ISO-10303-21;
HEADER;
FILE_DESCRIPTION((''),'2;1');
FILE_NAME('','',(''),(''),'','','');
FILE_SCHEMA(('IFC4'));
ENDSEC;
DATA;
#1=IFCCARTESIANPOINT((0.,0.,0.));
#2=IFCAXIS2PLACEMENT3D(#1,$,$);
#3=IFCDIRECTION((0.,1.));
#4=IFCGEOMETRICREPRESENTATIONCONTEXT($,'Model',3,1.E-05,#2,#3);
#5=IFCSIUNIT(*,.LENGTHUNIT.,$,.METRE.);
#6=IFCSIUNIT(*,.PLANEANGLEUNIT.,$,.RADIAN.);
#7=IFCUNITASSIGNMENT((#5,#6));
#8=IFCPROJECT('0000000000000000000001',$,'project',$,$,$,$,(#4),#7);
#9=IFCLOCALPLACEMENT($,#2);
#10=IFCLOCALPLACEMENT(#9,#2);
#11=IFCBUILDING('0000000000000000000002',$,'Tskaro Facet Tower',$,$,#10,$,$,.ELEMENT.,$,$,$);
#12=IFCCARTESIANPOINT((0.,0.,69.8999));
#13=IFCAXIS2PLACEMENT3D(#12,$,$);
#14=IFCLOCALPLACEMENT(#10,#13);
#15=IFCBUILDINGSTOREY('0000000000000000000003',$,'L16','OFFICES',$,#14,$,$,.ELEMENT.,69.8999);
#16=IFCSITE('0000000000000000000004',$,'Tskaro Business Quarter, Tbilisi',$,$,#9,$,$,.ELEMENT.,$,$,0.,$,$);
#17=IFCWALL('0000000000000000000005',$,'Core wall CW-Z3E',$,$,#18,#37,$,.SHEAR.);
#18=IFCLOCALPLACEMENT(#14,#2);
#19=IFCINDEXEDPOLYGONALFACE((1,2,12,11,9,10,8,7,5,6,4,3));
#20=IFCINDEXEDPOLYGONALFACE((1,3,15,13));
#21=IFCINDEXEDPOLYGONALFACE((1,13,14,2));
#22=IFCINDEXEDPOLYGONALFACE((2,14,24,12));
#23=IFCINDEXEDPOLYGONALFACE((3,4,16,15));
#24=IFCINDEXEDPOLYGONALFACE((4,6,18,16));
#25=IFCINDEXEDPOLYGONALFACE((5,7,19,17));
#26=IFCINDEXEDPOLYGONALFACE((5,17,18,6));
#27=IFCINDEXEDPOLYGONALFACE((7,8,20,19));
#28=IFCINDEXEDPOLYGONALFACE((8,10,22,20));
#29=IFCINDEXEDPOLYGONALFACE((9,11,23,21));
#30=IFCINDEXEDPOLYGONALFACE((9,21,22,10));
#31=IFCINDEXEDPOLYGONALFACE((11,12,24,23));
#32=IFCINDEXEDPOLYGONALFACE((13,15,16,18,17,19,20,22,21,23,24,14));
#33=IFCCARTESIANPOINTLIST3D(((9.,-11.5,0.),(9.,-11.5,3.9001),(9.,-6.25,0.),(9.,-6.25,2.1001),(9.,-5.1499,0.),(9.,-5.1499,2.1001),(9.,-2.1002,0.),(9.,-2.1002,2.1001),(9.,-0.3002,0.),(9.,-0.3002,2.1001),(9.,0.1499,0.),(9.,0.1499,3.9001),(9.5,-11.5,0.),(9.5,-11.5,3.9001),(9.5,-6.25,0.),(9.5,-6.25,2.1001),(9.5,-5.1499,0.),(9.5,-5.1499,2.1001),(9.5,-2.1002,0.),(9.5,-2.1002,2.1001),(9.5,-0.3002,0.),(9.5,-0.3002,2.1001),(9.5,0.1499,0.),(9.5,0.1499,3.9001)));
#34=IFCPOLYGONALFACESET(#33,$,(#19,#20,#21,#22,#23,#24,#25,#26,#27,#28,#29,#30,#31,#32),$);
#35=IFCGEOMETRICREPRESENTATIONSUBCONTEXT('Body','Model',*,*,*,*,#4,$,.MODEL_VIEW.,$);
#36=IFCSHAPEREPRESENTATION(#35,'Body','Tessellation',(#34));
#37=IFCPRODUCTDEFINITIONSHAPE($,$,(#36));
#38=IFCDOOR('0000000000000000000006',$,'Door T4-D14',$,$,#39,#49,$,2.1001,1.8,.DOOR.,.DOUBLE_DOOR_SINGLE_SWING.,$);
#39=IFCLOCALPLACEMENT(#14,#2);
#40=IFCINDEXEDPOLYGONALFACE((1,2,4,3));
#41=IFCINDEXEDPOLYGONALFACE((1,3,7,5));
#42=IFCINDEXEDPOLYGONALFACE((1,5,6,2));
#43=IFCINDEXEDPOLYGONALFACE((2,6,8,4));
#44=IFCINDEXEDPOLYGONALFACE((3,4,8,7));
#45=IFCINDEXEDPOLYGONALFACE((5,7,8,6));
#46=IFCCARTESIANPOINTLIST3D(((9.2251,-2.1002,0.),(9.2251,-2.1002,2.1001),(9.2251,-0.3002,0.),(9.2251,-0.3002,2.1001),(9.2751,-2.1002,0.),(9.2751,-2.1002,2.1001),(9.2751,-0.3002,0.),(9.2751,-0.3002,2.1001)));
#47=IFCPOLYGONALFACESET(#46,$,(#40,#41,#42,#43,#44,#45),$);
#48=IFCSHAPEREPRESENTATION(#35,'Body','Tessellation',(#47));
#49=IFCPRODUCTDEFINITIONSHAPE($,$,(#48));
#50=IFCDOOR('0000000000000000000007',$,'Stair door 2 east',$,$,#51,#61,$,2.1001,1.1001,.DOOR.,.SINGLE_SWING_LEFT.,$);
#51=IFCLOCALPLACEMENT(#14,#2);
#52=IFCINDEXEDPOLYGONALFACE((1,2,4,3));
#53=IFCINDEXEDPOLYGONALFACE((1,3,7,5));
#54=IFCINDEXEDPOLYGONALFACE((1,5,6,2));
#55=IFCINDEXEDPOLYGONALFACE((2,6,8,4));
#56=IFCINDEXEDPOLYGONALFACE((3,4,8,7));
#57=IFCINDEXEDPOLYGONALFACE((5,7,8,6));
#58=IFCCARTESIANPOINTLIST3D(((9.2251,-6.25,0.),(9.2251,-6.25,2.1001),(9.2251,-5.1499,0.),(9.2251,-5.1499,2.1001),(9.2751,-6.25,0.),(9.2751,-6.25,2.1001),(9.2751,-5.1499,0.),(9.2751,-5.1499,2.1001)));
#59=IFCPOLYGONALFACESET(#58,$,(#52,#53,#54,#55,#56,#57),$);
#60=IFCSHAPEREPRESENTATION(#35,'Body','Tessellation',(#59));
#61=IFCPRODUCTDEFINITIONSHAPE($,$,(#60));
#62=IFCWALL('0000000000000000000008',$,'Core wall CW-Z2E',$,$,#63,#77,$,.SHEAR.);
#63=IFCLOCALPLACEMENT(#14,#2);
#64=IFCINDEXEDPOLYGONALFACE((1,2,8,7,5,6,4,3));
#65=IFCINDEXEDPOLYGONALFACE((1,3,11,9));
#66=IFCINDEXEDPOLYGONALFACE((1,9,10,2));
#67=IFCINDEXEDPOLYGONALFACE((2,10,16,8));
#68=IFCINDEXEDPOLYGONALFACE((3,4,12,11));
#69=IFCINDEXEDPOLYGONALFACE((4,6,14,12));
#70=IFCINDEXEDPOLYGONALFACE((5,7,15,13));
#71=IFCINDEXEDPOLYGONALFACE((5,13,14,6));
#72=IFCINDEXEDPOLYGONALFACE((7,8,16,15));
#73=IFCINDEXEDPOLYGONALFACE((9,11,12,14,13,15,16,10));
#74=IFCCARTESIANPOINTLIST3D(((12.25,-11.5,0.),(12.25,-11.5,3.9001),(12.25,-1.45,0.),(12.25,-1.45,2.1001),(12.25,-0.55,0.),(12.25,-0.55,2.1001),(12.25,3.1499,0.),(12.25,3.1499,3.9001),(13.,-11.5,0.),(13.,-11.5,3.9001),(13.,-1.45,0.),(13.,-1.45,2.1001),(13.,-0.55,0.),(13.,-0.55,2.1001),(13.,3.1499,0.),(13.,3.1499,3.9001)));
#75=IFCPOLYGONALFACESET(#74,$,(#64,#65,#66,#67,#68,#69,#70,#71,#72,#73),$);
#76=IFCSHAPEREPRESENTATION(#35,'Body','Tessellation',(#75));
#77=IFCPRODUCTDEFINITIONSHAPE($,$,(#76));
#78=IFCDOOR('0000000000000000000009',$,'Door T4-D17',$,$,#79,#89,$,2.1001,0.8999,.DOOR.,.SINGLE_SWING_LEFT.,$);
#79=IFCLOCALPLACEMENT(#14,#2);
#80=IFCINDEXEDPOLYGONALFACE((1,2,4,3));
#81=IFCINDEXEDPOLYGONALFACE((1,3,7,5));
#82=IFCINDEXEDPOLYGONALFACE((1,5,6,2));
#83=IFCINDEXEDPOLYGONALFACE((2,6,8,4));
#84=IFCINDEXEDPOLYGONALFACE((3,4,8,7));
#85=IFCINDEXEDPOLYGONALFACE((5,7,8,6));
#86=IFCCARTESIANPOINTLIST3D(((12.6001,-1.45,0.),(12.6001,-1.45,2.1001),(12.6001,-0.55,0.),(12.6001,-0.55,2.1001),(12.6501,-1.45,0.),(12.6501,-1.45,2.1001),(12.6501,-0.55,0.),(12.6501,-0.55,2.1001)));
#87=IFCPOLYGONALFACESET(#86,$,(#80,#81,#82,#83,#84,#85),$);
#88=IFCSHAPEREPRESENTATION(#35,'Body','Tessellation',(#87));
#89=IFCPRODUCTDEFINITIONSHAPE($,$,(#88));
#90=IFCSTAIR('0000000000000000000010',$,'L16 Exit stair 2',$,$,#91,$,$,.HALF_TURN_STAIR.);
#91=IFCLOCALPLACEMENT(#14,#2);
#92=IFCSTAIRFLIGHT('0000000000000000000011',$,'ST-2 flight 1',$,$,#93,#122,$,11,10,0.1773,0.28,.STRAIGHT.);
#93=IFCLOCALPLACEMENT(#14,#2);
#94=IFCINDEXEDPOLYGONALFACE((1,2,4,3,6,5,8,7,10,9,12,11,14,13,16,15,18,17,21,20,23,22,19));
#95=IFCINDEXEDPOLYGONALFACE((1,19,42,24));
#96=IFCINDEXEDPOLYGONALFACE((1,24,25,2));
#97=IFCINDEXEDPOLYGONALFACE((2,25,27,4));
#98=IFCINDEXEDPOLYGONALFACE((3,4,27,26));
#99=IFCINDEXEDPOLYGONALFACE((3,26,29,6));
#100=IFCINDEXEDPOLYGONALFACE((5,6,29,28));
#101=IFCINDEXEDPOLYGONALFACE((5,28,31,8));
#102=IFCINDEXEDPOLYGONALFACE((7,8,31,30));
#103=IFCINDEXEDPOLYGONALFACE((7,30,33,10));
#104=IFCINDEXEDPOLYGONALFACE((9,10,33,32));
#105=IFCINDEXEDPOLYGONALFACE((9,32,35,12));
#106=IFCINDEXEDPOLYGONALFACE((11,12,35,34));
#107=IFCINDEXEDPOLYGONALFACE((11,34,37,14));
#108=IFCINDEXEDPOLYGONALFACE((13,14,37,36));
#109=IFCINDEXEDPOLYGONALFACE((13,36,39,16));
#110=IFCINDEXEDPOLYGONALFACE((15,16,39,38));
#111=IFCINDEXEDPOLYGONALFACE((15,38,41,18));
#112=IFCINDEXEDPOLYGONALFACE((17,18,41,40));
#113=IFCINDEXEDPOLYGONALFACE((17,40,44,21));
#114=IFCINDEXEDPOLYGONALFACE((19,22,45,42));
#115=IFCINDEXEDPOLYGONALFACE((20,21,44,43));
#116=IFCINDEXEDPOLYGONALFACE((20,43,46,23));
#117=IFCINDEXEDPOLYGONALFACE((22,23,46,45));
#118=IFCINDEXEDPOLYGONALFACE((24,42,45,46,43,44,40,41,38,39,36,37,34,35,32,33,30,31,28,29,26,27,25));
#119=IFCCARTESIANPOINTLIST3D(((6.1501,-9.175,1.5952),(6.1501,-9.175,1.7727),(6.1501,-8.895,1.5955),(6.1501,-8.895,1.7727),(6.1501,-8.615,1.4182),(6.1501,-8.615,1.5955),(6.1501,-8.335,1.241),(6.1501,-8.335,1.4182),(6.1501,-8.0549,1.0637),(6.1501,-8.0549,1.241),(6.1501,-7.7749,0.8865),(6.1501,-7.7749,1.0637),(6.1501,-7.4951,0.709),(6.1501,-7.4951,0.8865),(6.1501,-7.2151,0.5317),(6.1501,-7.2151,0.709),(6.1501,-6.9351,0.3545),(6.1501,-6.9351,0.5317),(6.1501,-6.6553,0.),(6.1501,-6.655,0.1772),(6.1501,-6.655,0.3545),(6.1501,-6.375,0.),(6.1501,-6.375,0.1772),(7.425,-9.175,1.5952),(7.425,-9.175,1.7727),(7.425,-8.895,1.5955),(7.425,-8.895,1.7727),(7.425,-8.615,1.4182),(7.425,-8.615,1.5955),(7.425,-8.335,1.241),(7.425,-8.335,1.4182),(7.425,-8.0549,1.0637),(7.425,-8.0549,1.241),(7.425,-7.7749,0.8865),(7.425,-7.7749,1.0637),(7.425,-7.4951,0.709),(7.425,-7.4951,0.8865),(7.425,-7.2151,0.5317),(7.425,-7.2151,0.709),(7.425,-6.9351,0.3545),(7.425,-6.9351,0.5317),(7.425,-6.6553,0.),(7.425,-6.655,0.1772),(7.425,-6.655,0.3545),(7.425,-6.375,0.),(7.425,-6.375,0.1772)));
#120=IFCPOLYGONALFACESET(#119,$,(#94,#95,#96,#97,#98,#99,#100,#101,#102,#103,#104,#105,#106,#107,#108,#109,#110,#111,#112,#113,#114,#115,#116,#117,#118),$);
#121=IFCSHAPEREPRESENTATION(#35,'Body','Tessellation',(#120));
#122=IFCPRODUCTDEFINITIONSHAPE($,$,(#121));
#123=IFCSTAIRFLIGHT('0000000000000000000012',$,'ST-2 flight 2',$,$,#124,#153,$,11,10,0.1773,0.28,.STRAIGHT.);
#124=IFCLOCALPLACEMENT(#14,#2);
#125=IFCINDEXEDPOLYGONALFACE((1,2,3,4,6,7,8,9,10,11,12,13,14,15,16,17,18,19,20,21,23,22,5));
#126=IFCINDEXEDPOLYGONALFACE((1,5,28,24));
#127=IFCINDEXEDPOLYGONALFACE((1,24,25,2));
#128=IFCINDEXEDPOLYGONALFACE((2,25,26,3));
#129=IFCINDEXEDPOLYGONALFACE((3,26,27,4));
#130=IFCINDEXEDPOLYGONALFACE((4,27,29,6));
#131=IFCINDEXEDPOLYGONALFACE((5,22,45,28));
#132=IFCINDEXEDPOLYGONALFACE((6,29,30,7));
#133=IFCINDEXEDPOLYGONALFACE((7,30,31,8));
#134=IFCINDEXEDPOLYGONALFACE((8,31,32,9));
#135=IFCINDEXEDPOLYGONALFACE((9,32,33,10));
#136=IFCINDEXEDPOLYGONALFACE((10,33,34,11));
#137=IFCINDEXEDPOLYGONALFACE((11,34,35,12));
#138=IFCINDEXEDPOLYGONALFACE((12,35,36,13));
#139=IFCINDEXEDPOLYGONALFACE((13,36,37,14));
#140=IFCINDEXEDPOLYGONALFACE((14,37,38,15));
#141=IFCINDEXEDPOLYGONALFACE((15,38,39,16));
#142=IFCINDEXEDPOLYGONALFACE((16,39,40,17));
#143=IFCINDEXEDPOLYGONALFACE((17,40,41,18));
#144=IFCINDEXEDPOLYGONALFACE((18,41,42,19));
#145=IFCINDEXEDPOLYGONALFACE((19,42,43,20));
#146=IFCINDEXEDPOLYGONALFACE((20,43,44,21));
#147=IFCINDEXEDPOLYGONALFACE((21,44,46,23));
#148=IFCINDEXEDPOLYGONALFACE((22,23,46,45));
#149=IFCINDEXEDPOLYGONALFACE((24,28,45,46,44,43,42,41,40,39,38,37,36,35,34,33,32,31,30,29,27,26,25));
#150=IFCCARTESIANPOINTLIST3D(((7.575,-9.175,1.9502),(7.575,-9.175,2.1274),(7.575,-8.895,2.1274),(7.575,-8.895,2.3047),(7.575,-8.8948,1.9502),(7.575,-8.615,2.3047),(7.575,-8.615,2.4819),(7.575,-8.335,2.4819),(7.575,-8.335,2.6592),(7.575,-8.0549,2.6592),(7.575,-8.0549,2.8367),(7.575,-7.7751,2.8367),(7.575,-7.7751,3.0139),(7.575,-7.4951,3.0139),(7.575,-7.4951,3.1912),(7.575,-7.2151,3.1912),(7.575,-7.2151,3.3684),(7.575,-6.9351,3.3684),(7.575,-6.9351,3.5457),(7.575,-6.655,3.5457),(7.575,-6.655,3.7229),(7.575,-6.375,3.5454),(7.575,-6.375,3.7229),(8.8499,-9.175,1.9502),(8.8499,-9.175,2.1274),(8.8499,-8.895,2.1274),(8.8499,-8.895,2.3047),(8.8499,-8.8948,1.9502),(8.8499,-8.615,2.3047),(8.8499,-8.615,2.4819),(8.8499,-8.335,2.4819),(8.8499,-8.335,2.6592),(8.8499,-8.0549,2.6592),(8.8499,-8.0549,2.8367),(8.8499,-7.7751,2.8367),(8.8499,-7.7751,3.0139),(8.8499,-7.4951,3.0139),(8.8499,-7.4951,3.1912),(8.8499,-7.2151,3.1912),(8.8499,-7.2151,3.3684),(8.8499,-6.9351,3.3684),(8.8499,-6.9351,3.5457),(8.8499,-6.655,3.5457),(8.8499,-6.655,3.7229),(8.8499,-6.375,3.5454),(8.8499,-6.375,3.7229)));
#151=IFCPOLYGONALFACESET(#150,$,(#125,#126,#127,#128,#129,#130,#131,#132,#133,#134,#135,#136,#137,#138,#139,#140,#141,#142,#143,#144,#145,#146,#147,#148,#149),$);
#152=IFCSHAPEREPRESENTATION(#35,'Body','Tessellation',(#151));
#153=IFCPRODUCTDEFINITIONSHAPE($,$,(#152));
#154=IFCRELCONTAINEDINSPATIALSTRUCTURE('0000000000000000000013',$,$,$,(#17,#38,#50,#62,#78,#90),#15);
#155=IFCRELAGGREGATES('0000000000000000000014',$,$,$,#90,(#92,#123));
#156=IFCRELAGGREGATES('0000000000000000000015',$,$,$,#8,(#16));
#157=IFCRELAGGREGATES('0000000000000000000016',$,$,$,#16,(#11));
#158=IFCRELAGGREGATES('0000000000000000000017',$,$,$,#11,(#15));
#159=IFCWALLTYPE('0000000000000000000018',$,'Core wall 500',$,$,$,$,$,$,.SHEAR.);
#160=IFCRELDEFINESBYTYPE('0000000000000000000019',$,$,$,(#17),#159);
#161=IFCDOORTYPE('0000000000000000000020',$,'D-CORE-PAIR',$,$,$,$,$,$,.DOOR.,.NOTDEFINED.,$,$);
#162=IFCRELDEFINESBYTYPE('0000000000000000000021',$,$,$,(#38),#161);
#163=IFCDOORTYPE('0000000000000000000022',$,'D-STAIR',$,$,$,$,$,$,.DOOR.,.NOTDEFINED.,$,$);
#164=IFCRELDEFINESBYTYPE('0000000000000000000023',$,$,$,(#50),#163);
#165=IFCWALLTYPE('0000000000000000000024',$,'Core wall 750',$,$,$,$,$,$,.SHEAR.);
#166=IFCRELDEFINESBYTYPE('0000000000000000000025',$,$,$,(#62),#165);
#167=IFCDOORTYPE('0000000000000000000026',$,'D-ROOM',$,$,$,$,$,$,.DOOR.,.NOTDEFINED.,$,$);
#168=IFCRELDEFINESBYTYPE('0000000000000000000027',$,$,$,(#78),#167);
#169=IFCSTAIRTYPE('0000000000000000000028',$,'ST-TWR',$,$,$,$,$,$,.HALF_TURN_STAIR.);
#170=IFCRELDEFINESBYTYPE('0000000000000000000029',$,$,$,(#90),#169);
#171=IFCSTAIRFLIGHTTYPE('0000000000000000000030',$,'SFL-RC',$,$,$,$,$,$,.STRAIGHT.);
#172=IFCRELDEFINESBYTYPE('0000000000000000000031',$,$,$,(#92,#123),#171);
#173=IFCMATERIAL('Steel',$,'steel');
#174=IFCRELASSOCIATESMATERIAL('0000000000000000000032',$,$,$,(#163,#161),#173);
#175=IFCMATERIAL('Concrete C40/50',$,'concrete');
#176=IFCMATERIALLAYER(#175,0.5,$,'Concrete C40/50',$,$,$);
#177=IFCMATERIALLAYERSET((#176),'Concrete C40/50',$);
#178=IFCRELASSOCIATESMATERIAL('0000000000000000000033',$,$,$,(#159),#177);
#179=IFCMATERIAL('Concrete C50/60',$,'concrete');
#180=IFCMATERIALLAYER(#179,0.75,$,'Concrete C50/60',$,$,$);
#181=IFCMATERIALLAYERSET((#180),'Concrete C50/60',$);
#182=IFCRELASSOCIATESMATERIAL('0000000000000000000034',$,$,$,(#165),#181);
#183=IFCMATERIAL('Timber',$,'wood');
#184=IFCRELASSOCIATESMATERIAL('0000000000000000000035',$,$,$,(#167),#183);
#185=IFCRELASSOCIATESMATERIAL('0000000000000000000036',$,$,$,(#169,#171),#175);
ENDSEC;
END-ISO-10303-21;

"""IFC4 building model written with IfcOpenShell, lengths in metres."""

from ifc_helpers import new_model, si_unit, direction, frame, frame_2d, origin, place, context, subcontext, project, spatial, polyline, rectangle, outline, extrude, material, layer, layer_set, type_object, element, fill, aggregate, save


model = new_model("IFC4")

# Units and contexts
model_context = context("Model", 3, precision=1e-05, world=origin(), true_north=direction((0.0, 1.0)))
body_context = subcontext(model_context, "Body", "Model", "MODEL_VIEW")
ifc_project = project(units=[si_unit("LENGTHUNIT", "METRE"), si_unit("PLANEANGLEUNIT", "RADIAN")], contexts=[model_context])

# Site, building, storey
site_placement = place(None, origin())
site = spatial("IfcSite", under=ifc_project, at=site_placement, Name="Tskaro Business Quarter, Tbilisi", CompositionType="ELEMENT", RefElevation=0.0)
building_placement = place(site_placement, origin())
building = spatial("IfcBuilding", under=site, at=building_placement, Name="Tskaro Facet Tower", CompositionType="ELEMENT")
storey_placement = place(building_placement, frame((0.0, 0.0, 69.8999)))
storey = spatial("IfcBuildingStorey", under=building, at=storey_placement, Name="L16", Description="OFFICES", CompositionType="ELEMENT", Elevation=69.8999)

# Shared definitions
ifc_material_1 = material(Name="Steel", Category="steel")
door_type_1 = type_object("IfcDoorType", Name="D-STAIR", OperationType="NOTDEFINED", PredefinedType="DOOR", material=ifc_material_1)

# Shared definitions
door_type_2 = type_object("IfcDoorType", Name="D-CORE-PAIR", OperationType="NOTDEFINED", PredefinedType="DOOR", material=ifc_material_1)

# Wall, openings, doors
ifc_material_2 = material(Name="Concrete C40/50", Category="concrete")
ifc_layer_1 = layer(ifc_material_2, 0.5, Name="Concrete C40/50")
ifc_layer_set_1 = layer_set([ifc_layer_1], Name="Concrete C40/50")
wall_type_1 = type_object("IfcWallType", Name="Core wall 500", PredefinedType="SHEAR", material=ifc_layer_set_1)
wall_1_placement = place(storey_placement, frame((9.25, -11.5, 0.0), z_axis=(0.0, 0.0, 1.0), x_axis=(0.0, 1.0, 0.0)))
wall_1 = element("IfcWall", 1, at=wall_1_placement, inside=storey, type_object=wall_type_1, Name="Core wall CW-Z3E", PredefinedType="SHEAR", context=body_context, shape_type="SweptSolid", body=[
    extrude(rectangle(XDim=11.6499, YDim=0.5, at=frame_2d((5.825, 0.0))), origin(), (0.0, 0.0, 1.0), 3.9001),
])
opening_1_placement = place(wall_1_placement, frame((9.3999, 0.0, 0.0)))
opening_1 = element("IfcOpeningElement", 2, at=opening_1_placement, cuts=wall_1, PredefinedType="OPENING", context=body_context, shape_type="SweptSolid", body=[
    extrude(rectangle(XDim=1.8, YDim=2.1001, at=frame_2d((0.8999, 1.05))), frame((0.0, 0.26, 0.0), z_axis=(0.0, -1.0, 0.0), x_axis=(1.0, 0.0, 0.0)), (0.0, 0.0, 1.0), 0.52),
])
opening_2_placement = place(wall_1_placement, frame((5.25, 0.0, 0.0)))
opening_2 = element("IfcOpeningElement", 3, at=opening_2_placement, cuts=wall_1, PredefinedType="OPENING", context=body_context, shape_type="SweptSolid", body=[
    extrude(rectangle(XDim=1.1001, YDim=2.1001, at=frame_2d((0.55, 1.05))), frame((0.0, 0.26, 0.0), z_axis=(0.0, -1.0, 0.0), x_axis=(1.0, 0.0, 0.0)), (0.0, 0.0, 1.0), 0.52),
])
door_1_placement = place(opening_1_placement, origin())
door_1 = element("IfcDoor", 4, at=door_1_placement, inside=storey, type_object=door_type_2, Name="Door T4-D14", OperationType="DOUBLE_DOOR_SINGLE_SWING", OverallHeight=2.1001, OverallWidth=1.8, PredefinedType="DOOR", context=body_context, shape_type="SweptSolid", body=[
    extrude(rectangle(XDim=1.8, YDim=2.1001, at=frame_2d((0.8999, 1.05))), frame((0.0, 0.0249, 0.0), z_axis=(0.0, -1.0, 0.0), x_axis=(1.0, 0.0, 0.0)), (0.0, 0.0, 1.0), 0.05),
])
fill(opening_1, door_1)
door_2_placement = place(opening_2_placement, origin())
door_2 = element("IfcDoor", 5, at=door_2_placement, inside=storey, type_object=door_type_1, Name="Stair door 2 east", OperationType="SINGLE_SWING_LEFT", OverallHeight=2.1001, OverallWidth=1.1001, PredefinedType="DOOR", context=body_context, shape_type="SweptSolid", body=[
    extrude(rectangle(XDim=1.1001, YDim=2.1001, at=frame_2d((0.55, 1.05))), frame((0.0, 0.0249, 0.0), z_axis=(0.0, -1.0, 0.0), x_axis=(1.0, 0.0, 0.0)), (0.0, 0.0, 1.0), 0.05),
])
fill(opening_2, door_2)

# Wall, opening, door
ifc_material_3 = material(Name="Concrete C50/60", Category="concrete")
ifc_layer_2 = layer(ifc_material_3, 0.75, Name="Concrete C50/60")
ifc_layer_set_2 = layer_set([ifc_layer_2], Name="Concrete C50/60")
wall_type_2 = type_object("IfcWallType", Name="Core wall 750", PredefinedType="SHEAR", material=ifc_layer_set_2)
wall_2_placement = place(storey_placement, frame((12.625, -11.5, 0.0), z_axis=(0.0, 0.0, 1.0), x_axis=(0.0, 1.0, 0.0)))
wall_2 = element("IfcWall", 6, at=wall_2_placement, inside=storey, type_object=wall_type_2, Name="Core wall CW-Z2E", PredefinedType="SHEAR", context=body_context, shape_type="SweptSolid", body=[
    extrude(rectangle(XDim=14.6499, YDim=0.75, at=frame_2d((7.325, 0.0))), origin(), (0.0, 0.0, 1.0), 3.9001),
])
opening_3_placement = place(wall_2_placement, frame((10.05, 0.0, 0.0)))
opening_3 = element("IfcOpeningElement", 7, at=opening_3_placement, cuts=wall_2, PredefinedType="OPENING", context=body_context, shape_type="SweptSolid", body=[
    extrude(rectangle(XDim=0.8999, YDim=2.1001, at=frame_2d((0.45, 1.05))), frame((0.0, 0.385, 0.0), z_axis=(0.0, -1.0, 0.0), x_axis=(1.0, 0.0, 0.0)), (0.0, 0.0, 1.0), 0.77),
])
ifc_material_4 = material(Name="Timber", Category="wood")
door_type_3 = type_object("IfcDoorType", Name="D-ROOM", OperationType="NOTDEFINED", PredefinedType="DOOR", material=ifc_material_4)
door_3_placement = place(opening_3_placement, origin())
door_3 = element("IfcDoor", 8, at=door_3_placement, inside=storey, type_object=door_type_3, Name="Door T4-D17", OperationType="SINGLE_SWING_LEFT", OverallHeight=2.1001, OverallWidth=0.8999, PredefinedType="DOOR", context=body_context, shape_type="SweptSolid", body=[
    extrude(rectangle(XDim=0.8999, YDim=2.1001, at=frame_2d((0.45, 1.05))), frame((0.0, 0.0249, 0.0), z_axis=(0.0, -1.0, 0.0), x_axis=(1.0, 0.0, 0.0)), (0.0, 0.0, 1.0), 0.05),
])
fill(opening_3, door_3)

# Stair, stair flights
stair_type = type_object("IfcStairType", Name="ST-TWR", PredefinedType="HALF_TURN_STAIR", material=ifc_material_2)
stair_placement = place(storey_placement, origin())
stair = element("IfcStair", 9, at=stair_placement, inside=storey, type_object=stair_type, Name="L16 Exit stair 2", PredefinedType="HALF_TURN_STAIR")
stair_flight_type = type_object("IfcStairFlightType", Name="SFL-RC", PredefinedType="STRAIGHT", material=ifc_material_2)
stair_flight_1_placement = place(storey_placement, frame((6.7876, -6.375, 0.0), z_axis=(0.0, 0.0, 1.0), x_axis=(0.0, -1.0, 0.0)))
stair_flight_1 = element("IfcStairFlight", 10, at=stair_flight_1_placement, type_object=stair_flight_type, Name="ST-2 flight 1", NumberOfRisers=11, NumberOfTreads=10, PredefinedType="STRAIGHT", RiserHeight=0.1773, TreadLength=0.28, context=body_context, shape_type="SweptSolid", body=[
    extrude(outline(polyline([(0.0, 0.0), (0.0, 0.1772), (0.28, 0.1772), (0.28, 0.3545), (0.5601, 0.3545), (0.5601, 0.5317), (0.8401, 0.5317), (0.8401, 0.709), (1.1201, 0.709), (1.1201, 0.8865), (1.3999, 0.8865), (1.3999, 1.0637), (1.6799, 1.0637), (1.6799, 1.241), (1.96, 1.241), (1.96, 1.4182), (2.24, 1.4182), (2.24, 1.5955), (2.52, 1.5955), (2.52, 1.7727), (2.8, 1.7727), (2.8, 1.95), (2.8, 1.5952), (0.2803, 0.0), (0.0, 0.0)])), frame((0.0, 0.6375, 0.0), z_axis=(0.0, -1.0, 0.0), x_axis=(1.0, 0.0, 0.0)), (0.0, 0.0, 1.0), 1.2749),
])
stair_flight_2_placement = place(storey_placement, frame((8.2124, -9.175, 1.9502), z_axis=(0.0, 0.0, 1.0), x_axis=(0.0, 1.0, 0.0)))
stair_flight_2 = element("IfcStairFlight", 11, at=stair_flight_2_placement, type_object=stair_flight_type, Name="ST-2 flight 2", NumberOfRisers=11, NumberOfTreads=10, PredefinedType="STRAIGHT", RiserHeight=0.1773, TreadLength=0.28, context=body_context, shape_type="SweptSolid", body=[
    extrude(outline(polyline([(0.0, 0.0), (0.0, 0.1772), (0.28, 0.1772), (0.28, 0.3545), (0.5601, 0.3545), (0.5601, 0.5317), (0.8401, 0.5317), (0.8401, 0.709), (1.1201, 0.709), (1.1201, 0.8865), (1.3999, 0.8865), (1.3999, 1.0637), (1.6799, 1.0637), (1.6799, 1.241), (1.96, 1.241), (1.96, 1.4182), (2.24, 1.4182), (2.24, 1.5955), (2.52, 1.5955), (2.52, 1.7727), (2.8, 1.7727), (2.8, 1.95), (2.8, 1.5952), (0.2803, 0.0), (0.0, 0.0)])), frame((0.0, 0.6375, 0.0), z_axis=(0.0, -1.0, 0.0), x_axis=(1.0, 0.0, 0.0)), (0.0, 0.0, 1.0), 1.2749),
])
aggregate(stair, [stair_flight_1, stair_flight_2])

save(model, "model.ifc")
